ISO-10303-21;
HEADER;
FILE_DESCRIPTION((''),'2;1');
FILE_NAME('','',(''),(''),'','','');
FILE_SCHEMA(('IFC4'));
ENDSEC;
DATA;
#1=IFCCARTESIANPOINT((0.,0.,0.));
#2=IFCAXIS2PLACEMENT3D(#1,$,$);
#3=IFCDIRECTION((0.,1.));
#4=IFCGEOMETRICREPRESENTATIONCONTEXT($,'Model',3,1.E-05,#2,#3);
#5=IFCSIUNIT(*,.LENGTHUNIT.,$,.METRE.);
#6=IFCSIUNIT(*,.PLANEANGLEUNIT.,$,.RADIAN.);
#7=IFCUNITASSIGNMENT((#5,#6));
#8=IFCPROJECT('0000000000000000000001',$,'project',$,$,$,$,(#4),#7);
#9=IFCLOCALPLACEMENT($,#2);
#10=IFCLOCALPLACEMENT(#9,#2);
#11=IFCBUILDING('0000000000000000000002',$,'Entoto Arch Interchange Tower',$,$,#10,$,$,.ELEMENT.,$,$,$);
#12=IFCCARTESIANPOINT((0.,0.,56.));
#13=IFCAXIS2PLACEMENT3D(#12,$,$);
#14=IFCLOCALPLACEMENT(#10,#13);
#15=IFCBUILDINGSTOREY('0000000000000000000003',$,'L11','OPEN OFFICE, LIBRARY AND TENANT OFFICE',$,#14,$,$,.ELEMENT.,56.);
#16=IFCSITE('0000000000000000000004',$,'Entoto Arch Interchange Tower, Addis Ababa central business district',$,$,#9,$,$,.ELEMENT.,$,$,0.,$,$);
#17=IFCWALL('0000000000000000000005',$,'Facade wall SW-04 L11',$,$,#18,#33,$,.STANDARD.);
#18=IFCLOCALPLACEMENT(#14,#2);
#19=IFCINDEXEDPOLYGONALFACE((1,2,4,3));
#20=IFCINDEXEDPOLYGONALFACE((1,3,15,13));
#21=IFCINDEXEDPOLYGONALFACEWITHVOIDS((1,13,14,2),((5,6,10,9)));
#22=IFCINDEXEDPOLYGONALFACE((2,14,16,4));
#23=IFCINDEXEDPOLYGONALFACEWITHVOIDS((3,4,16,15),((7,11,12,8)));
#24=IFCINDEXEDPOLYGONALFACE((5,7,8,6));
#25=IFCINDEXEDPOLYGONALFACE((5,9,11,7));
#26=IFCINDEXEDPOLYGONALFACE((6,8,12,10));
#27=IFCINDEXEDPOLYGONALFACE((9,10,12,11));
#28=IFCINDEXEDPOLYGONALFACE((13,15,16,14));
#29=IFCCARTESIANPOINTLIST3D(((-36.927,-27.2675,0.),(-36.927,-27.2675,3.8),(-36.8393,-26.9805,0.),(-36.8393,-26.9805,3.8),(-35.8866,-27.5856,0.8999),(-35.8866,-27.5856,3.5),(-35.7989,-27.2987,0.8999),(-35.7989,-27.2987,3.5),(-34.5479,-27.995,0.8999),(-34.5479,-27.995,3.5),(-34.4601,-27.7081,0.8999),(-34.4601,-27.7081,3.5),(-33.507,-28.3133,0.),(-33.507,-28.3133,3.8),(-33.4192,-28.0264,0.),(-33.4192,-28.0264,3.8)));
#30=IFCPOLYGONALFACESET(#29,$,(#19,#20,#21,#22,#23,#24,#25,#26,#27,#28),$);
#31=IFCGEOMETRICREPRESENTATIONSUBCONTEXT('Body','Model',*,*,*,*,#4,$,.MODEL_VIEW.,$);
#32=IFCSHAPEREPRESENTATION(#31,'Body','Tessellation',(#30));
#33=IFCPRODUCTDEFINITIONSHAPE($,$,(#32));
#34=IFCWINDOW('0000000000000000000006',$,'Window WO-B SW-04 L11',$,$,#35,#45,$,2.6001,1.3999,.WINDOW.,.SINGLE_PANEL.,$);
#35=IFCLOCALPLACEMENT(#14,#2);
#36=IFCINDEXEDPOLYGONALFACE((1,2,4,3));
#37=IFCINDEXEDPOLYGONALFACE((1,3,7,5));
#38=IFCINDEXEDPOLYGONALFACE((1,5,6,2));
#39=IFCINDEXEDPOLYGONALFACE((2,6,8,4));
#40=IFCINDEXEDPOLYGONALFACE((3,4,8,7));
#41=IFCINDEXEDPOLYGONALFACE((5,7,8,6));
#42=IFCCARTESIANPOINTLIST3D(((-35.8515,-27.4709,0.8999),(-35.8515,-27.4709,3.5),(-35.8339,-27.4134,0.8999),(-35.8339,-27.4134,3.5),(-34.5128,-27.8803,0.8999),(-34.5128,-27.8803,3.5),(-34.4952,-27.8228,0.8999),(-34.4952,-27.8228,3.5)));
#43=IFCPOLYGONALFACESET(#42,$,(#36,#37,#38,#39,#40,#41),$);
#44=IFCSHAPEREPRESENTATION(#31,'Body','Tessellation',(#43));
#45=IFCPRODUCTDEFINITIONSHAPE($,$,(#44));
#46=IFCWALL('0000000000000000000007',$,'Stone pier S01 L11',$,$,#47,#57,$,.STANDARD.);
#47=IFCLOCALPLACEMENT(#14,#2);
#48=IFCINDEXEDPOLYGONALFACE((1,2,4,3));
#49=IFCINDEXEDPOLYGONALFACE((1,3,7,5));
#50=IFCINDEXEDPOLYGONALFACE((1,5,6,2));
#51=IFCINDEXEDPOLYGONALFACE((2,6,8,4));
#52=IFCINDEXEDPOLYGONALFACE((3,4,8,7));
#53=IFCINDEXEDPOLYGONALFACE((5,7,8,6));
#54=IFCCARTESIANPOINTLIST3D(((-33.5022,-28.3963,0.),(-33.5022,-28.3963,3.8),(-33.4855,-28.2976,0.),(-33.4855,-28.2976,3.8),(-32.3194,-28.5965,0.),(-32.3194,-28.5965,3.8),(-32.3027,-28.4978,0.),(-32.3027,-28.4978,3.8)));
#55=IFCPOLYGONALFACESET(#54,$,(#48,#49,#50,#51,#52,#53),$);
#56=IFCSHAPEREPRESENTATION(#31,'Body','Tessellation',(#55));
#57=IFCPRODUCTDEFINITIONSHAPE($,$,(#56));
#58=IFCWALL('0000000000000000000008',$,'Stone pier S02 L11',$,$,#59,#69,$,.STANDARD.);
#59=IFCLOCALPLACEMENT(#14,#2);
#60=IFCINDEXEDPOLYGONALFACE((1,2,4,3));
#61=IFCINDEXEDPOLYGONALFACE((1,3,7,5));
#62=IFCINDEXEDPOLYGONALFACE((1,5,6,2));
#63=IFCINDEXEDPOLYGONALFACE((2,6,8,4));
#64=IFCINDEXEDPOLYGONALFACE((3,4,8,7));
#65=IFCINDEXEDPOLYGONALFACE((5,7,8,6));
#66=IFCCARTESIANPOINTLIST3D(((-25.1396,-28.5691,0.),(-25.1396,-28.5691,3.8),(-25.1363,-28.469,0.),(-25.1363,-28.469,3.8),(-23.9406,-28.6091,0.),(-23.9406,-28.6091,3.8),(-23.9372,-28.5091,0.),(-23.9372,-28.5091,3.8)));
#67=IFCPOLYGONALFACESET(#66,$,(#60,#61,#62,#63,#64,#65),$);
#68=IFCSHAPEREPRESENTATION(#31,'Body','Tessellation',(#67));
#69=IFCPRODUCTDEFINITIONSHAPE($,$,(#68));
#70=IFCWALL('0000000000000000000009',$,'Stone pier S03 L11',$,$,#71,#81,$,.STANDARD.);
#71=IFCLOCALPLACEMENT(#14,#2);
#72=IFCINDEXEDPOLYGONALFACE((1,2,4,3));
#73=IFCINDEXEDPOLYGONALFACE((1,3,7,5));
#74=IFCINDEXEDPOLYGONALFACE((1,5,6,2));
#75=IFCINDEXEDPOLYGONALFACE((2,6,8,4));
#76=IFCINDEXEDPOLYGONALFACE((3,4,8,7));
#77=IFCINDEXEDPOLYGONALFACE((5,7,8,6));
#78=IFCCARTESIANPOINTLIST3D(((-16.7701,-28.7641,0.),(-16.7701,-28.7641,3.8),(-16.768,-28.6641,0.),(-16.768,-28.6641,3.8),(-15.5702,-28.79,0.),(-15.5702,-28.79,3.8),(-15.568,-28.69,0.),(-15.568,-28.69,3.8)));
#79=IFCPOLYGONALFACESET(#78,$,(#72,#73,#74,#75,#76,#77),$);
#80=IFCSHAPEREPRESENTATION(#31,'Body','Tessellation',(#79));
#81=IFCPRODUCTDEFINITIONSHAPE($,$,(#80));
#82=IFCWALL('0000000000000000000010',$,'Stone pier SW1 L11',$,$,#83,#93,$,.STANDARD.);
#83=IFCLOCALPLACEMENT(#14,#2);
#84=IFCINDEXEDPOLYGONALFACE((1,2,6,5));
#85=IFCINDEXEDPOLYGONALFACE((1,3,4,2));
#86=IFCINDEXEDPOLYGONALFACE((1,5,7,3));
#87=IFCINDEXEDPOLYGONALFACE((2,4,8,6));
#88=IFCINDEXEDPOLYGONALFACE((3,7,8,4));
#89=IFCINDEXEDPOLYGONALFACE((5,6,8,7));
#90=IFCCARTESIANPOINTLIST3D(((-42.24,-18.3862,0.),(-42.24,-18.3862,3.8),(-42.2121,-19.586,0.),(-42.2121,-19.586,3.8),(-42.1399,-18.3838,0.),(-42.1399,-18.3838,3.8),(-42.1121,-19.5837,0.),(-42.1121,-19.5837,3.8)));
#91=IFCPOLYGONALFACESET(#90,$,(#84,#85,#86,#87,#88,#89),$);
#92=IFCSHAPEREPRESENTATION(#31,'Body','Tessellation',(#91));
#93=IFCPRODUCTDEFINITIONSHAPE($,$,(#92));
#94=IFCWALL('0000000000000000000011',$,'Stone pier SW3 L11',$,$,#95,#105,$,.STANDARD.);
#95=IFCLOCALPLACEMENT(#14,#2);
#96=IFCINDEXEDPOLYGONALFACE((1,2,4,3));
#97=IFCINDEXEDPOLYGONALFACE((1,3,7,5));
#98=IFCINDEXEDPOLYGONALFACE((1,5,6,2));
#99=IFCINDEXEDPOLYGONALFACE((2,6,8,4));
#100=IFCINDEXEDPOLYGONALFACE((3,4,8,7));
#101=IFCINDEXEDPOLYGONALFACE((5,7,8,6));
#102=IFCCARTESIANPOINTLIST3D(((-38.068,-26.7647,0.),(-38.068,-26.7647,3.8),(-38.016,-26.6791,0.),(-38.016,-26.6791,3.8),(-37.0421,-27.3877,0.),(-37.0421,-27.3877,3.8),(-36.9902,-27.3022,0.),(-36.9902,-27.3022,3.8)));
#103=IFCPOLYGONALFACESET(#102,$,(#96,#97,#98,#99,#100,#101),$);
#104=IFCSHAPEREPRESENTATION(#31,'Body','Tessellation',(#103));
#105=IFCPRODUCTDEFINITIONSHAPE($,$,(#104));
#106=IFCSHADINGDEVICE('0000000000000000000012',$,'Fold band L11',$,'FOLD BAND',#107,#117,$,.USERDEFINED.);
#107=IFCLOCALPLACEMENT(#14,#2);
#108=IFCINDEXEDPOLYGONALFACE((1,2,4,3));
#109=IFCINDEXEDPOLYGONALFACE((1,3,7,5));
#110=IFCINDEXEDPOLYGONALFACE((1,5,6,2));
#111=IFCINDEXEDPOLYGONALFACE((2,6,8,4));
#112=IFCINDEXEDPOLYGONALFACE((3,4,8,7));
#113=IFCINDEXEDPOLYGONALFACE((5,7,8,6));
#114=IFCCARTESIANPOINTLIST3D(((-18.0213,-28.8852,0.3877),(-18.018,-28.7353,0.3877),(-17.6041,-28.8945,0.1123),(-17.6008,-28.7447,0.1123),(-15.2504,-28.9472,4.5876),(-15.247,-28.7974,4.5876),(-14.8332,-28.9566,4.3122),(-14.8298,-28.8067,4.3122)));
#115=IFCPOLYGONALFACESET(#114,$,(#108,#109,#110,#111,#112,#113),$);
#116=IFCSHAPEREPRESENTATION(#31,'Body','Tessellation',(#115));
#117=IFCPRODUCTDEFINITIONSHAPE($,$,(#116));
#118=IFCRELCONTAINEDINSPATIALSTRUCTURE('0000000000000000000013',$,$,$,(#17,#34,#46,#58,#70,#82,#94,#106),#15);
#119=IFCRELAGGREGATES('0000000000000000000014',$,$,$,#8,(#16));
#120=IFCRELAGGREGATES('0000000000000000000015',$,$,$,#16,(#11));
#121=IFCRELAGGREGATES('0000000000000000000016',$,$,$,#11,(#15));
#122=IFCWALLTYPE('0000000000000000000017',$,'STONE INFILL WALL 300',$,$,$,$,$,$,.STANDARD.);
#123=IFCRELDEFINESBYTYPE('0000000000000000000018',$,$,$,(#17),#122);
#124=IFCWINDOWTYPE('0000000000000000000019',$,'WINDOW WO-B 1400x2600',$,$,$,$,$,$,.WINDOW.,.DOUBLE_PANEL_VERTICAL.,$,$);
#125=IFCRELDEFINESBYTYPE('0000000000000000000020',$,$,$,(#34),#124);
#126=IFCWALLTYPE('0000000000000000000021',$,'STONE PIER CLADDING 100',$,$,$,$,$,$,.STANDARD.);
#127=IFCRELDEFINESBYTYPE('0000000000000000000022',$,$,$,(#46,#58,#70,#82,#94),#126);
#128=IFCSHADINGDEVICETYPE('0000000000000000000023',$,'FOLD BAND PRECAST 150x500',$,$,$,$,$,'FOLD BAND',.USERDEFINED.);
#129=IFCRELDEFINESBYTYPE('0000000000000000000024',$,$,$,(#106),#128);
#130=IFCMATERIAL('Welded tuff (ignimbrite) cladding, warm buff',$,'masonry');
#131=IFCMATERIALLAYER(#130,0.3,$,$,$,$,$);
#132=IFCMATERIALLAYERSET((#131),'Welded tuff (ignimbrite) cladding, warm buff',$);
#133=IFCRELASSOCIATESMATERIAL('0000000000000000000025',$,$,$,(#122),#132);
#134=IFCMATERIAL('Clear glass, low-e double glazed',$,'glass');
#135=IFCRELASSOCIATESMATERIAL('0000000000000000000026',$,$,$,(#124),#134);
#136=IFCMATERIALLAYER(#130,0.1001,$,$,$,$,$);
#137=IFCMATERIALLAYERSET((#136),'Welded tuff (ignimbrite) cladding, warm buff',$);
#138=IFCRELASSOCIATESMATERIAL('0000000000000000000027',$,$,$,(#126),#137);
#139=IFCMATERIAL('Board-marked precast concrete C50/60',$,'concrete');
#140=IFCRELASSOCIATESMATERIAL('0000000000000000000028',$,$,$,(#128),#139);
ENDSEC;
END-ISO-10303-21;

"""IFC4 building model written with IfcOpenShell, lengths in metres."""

from ifc_helpers import new_model, si_unit, direction, frame, frame_2d, origin, origin_2d, place, context, subcontext, project, spatial, rectangle, extrude, material, layer, layer_set, material_profile, profile_set, type_object, element, fill, save


model = new_model("IFC4")

# Units and contexts
model_context = context("Model", 3, precision=1e-05, world=origin(), true_north=direction((0.0, 1.0)))
body_context = subcontext(model_context, "Body", "Model", "MODEL_VIEW")
ifc_project = project(units=[si_unit("LENGTHUNIT", "METRE"), si_unit("PLANEANGLEUNIT", "RADIAN")], contexts=[model_context])

# Site, building, storey
site_placement = place(None, origin())
site = spatial("IfcSite", under=ifc_project, at=site_placement, Name="Entoto Arch Interchange Tower, Addis Ababa central business district", CompositionType="ELEMENT", RefElevation=0.0)
building_placement = place(site_placement, origin())
building = spatial("IfcBuilding", under=site, at=building_placement, Name="Entoto Arch Interchange Tower", CompositionType="ELEMENT")
storey_placement = place(building_placement, frame((0.0, 0.0, 56.0)))
storey = spatial("IfcBuildingStorey", under=building, at=storey_placement, Name="L11", Description="OPEN OFFICE, LIBRARY AND TENANT OFFICE", CompositionType="ELEMENT", Elevation=56.0)

# Shared definitions
ifc_material_1 = material(Name="Welded tuff (ignimbrite) cladding, warm buff", Category="masonry")
ifc_layer_1 = layer(ifc_material_1, 0.3)
ifc_layer_set_1 = layer_set([ifc_layer_1], Name="Welded tuff (ignimbrite) cladding, warm buff")
wall_type_1 = type_object("IfcWallType", Name="STONE INFILL WALL 300", PredefinedType="STANDARD", material=ifc_layer_set_1)
ifc_material_2 = material(Name="Clear glass, low-e double glazed", Category="glass")

# Wall, opening, window
window_type_1 = type_object("IfcWindowType", Name="WINDOW WO-B 1400x2600", PartitioningType="DOUBLE_PANEL_VERTICAL", PredefinedType="WINDOW", material=ifc_material_2)
wall_1_placement = place(storey_placement, frame((-36.8831, -27.124, 0.0), z_axis=(0.0, 0.0, 1.0), x_axis=(0.956285, -0.292435, 0.0)))
wall_1 = element("IfcWall", 1, at=wall_1_placement, inside=storey, type_object=wall_type_1, Name="Facade wall SW-04 L11", PredefinedType="STANDARD", context=body_context, shape_type="SweptSolid", body=[
    extrude(rectangle(XDim=3.5764, YDim=0.3, at=frame_2d((1.7881, 0.0))), origin(), (0.0, 0.0, 1.0), 3.8),
])
opening_1_placement = place(wall_1_placement, frame((1.0879, 0.0, 0.8999)))
opening_1 = element("IfcOpeningElement", 2, at=opening_1_placement, cuts=wall_1, PredefinedType="OPENING", context=body_context, shape_type="SweptSolid", body=[
    extrude(rectangle(XDim=1.3999, YDim=2.6001, at=frame_2d((0.7, 1.3))), frame((0.0, 0.1602, 0.0), z_axis=(0.0, -1.0, 0.0), x_axis=(1.0, 0.0, 0.0)), (0.0, 0.0, 1.0), 0.3201),
])
window_1_placement = place(opening_1_placement, origin())
window_1 = element("IfcWindow", 3, at=window_1_placement, inside=storey, type_object=window_type_1, Name="Window WO-B SW-04 L11", OverallHeight=2.6001, OverallWidth=1.3999, PartitioningType="SINGLE_PANEL", PredefinedType="WINDOW", context=body_context, shape_type="SweptSolid", body=[
    extrude(rectangle(XDim=1.3999, YDim=2.6001, at=frame_2d((0.7, 1.3))), frame((0.0, 0.03, 0.0), z_axis=(0.0, -1.0, 0.0), x_axis=(1.0, 0.0, 0.0)), (0.0, 0.0, 1.0), 0.0601),
])
fill(opening_1, window_1)

# Walls
ifc_layer_2 = layer(ifc_material_1, 0.1001)
ifc_layer_set_2 = layer_set([ifc_layer_2], Name="Welded tuff (ignimbrite) cladding, warm buff")
wall_type_2 = type_object("IfcWallType", Name="STONE PIER CLADDING 100", PredefinedType="STANDARD", material=ifc_layer_set_2)
for number, where, z_axis, x_axis, name in (
    (4, (-33.4939, -28.3469, 0.0), (0.0, 0.0, 1.0), (0.985978, -0.166874, 0.0), "Stone pier S01 L11"),
    (5, (-25.1379, -28.519, 0.0), (0.0, 0.0, 1.0), (0.999443, -0.033376, 0.0), "Stone pier S02 L11"),
):
    element("IfcWall", number, at=place(storey_placement, frame(where, z_axis=z_axis, x_axis=x_axis)), inside=storey, type_object=wall_type_2, Name=name, PredefinedType="STANDARD", context=body_context, shape_type="SweptSolid", body=[
        extrude(rectangle(XDim=1.1997, YDim=0.1001, at=frame_2d((0.5999, 0.0))), origin(), (0.0, 0.0, 1.0), 3.8),
    ])
for number, where, z_axis, x_axis, name in (
    (6, (-16.769, -28.7141, 0.0), (0.0, 0.0, 1.0), (0.999768, -0.021562, 0.0), "Stone pier S03 L11"),
    (7, (-42.1899, -18.385, 0.0), (0.0, 0.0, 1.0), (0.023188, -0.999731, 0.0), "Stone pier SW1 L11"),
    (8, (-38.042, -26.7219, 0.0), (0.0, 0.0, 1.0), (0.854717, -0.519095, 0.0), "Stone pier SW3 L11"),
):
    element("IfcWall", number, at=place(storey_placement, frame(where, z_axis=z_axis, x_axis=x_axis)), inside=storey, type_object=wall_type_2, Name=name, PredefinedType="STANDARD", context=body_context, shape_type="SweptSolid", body=[
        extrude(rectangle(XDim=1.2002, YDim=0.1001, at=frame_2d((0.6001, 0.0))), origin(), (0.0, 0.0, 1.0), 3.8),
    ])

# Shading device
ifc_material_3 = material(Name="Board-marked precast concrete C50/60", Category="concrete")
ifc_material_profile_1 = material_profile(ifc_material_3, rectangle(XDim=0.1499, YDim=0.5, at=origin_2d()))
ifc_profile_set_1 = profile_set([ifc_material_profile_1], Name="Board-marked precast concrete C50/60")
shading_device_type = type_object("IfcShadingDeviceType", Name="FOLD BAND PRECAST 150x500", ElementType="FOLD BAND", PredefinedType="USERDEFINED", material=ifc_profile_set_1)
shading_device_placement = place(storey_placement, frame((-17.811, -28.8149, 0.25), z_axis=(0.550666, -0.012323, 0.834635), x_axis=(0.022373, 0.99975, 0.0)))
element("IfcShadingDevice", 9, at=shading_device_placement, inside=storey, type_object=shading_device_type, Name="Fold band L11", ObjectType="FOLD BAND", PredefinedType="USERDEFINED", context=body_context, shape_type="SweptSolid", body=[
    extrude(rectangle(XDim=0.1499, YDim=0.5, at=origin_2d()), origin(), (0.0, 0.0, 1.0), 5.032),
])

save(model, "model.ifc")
